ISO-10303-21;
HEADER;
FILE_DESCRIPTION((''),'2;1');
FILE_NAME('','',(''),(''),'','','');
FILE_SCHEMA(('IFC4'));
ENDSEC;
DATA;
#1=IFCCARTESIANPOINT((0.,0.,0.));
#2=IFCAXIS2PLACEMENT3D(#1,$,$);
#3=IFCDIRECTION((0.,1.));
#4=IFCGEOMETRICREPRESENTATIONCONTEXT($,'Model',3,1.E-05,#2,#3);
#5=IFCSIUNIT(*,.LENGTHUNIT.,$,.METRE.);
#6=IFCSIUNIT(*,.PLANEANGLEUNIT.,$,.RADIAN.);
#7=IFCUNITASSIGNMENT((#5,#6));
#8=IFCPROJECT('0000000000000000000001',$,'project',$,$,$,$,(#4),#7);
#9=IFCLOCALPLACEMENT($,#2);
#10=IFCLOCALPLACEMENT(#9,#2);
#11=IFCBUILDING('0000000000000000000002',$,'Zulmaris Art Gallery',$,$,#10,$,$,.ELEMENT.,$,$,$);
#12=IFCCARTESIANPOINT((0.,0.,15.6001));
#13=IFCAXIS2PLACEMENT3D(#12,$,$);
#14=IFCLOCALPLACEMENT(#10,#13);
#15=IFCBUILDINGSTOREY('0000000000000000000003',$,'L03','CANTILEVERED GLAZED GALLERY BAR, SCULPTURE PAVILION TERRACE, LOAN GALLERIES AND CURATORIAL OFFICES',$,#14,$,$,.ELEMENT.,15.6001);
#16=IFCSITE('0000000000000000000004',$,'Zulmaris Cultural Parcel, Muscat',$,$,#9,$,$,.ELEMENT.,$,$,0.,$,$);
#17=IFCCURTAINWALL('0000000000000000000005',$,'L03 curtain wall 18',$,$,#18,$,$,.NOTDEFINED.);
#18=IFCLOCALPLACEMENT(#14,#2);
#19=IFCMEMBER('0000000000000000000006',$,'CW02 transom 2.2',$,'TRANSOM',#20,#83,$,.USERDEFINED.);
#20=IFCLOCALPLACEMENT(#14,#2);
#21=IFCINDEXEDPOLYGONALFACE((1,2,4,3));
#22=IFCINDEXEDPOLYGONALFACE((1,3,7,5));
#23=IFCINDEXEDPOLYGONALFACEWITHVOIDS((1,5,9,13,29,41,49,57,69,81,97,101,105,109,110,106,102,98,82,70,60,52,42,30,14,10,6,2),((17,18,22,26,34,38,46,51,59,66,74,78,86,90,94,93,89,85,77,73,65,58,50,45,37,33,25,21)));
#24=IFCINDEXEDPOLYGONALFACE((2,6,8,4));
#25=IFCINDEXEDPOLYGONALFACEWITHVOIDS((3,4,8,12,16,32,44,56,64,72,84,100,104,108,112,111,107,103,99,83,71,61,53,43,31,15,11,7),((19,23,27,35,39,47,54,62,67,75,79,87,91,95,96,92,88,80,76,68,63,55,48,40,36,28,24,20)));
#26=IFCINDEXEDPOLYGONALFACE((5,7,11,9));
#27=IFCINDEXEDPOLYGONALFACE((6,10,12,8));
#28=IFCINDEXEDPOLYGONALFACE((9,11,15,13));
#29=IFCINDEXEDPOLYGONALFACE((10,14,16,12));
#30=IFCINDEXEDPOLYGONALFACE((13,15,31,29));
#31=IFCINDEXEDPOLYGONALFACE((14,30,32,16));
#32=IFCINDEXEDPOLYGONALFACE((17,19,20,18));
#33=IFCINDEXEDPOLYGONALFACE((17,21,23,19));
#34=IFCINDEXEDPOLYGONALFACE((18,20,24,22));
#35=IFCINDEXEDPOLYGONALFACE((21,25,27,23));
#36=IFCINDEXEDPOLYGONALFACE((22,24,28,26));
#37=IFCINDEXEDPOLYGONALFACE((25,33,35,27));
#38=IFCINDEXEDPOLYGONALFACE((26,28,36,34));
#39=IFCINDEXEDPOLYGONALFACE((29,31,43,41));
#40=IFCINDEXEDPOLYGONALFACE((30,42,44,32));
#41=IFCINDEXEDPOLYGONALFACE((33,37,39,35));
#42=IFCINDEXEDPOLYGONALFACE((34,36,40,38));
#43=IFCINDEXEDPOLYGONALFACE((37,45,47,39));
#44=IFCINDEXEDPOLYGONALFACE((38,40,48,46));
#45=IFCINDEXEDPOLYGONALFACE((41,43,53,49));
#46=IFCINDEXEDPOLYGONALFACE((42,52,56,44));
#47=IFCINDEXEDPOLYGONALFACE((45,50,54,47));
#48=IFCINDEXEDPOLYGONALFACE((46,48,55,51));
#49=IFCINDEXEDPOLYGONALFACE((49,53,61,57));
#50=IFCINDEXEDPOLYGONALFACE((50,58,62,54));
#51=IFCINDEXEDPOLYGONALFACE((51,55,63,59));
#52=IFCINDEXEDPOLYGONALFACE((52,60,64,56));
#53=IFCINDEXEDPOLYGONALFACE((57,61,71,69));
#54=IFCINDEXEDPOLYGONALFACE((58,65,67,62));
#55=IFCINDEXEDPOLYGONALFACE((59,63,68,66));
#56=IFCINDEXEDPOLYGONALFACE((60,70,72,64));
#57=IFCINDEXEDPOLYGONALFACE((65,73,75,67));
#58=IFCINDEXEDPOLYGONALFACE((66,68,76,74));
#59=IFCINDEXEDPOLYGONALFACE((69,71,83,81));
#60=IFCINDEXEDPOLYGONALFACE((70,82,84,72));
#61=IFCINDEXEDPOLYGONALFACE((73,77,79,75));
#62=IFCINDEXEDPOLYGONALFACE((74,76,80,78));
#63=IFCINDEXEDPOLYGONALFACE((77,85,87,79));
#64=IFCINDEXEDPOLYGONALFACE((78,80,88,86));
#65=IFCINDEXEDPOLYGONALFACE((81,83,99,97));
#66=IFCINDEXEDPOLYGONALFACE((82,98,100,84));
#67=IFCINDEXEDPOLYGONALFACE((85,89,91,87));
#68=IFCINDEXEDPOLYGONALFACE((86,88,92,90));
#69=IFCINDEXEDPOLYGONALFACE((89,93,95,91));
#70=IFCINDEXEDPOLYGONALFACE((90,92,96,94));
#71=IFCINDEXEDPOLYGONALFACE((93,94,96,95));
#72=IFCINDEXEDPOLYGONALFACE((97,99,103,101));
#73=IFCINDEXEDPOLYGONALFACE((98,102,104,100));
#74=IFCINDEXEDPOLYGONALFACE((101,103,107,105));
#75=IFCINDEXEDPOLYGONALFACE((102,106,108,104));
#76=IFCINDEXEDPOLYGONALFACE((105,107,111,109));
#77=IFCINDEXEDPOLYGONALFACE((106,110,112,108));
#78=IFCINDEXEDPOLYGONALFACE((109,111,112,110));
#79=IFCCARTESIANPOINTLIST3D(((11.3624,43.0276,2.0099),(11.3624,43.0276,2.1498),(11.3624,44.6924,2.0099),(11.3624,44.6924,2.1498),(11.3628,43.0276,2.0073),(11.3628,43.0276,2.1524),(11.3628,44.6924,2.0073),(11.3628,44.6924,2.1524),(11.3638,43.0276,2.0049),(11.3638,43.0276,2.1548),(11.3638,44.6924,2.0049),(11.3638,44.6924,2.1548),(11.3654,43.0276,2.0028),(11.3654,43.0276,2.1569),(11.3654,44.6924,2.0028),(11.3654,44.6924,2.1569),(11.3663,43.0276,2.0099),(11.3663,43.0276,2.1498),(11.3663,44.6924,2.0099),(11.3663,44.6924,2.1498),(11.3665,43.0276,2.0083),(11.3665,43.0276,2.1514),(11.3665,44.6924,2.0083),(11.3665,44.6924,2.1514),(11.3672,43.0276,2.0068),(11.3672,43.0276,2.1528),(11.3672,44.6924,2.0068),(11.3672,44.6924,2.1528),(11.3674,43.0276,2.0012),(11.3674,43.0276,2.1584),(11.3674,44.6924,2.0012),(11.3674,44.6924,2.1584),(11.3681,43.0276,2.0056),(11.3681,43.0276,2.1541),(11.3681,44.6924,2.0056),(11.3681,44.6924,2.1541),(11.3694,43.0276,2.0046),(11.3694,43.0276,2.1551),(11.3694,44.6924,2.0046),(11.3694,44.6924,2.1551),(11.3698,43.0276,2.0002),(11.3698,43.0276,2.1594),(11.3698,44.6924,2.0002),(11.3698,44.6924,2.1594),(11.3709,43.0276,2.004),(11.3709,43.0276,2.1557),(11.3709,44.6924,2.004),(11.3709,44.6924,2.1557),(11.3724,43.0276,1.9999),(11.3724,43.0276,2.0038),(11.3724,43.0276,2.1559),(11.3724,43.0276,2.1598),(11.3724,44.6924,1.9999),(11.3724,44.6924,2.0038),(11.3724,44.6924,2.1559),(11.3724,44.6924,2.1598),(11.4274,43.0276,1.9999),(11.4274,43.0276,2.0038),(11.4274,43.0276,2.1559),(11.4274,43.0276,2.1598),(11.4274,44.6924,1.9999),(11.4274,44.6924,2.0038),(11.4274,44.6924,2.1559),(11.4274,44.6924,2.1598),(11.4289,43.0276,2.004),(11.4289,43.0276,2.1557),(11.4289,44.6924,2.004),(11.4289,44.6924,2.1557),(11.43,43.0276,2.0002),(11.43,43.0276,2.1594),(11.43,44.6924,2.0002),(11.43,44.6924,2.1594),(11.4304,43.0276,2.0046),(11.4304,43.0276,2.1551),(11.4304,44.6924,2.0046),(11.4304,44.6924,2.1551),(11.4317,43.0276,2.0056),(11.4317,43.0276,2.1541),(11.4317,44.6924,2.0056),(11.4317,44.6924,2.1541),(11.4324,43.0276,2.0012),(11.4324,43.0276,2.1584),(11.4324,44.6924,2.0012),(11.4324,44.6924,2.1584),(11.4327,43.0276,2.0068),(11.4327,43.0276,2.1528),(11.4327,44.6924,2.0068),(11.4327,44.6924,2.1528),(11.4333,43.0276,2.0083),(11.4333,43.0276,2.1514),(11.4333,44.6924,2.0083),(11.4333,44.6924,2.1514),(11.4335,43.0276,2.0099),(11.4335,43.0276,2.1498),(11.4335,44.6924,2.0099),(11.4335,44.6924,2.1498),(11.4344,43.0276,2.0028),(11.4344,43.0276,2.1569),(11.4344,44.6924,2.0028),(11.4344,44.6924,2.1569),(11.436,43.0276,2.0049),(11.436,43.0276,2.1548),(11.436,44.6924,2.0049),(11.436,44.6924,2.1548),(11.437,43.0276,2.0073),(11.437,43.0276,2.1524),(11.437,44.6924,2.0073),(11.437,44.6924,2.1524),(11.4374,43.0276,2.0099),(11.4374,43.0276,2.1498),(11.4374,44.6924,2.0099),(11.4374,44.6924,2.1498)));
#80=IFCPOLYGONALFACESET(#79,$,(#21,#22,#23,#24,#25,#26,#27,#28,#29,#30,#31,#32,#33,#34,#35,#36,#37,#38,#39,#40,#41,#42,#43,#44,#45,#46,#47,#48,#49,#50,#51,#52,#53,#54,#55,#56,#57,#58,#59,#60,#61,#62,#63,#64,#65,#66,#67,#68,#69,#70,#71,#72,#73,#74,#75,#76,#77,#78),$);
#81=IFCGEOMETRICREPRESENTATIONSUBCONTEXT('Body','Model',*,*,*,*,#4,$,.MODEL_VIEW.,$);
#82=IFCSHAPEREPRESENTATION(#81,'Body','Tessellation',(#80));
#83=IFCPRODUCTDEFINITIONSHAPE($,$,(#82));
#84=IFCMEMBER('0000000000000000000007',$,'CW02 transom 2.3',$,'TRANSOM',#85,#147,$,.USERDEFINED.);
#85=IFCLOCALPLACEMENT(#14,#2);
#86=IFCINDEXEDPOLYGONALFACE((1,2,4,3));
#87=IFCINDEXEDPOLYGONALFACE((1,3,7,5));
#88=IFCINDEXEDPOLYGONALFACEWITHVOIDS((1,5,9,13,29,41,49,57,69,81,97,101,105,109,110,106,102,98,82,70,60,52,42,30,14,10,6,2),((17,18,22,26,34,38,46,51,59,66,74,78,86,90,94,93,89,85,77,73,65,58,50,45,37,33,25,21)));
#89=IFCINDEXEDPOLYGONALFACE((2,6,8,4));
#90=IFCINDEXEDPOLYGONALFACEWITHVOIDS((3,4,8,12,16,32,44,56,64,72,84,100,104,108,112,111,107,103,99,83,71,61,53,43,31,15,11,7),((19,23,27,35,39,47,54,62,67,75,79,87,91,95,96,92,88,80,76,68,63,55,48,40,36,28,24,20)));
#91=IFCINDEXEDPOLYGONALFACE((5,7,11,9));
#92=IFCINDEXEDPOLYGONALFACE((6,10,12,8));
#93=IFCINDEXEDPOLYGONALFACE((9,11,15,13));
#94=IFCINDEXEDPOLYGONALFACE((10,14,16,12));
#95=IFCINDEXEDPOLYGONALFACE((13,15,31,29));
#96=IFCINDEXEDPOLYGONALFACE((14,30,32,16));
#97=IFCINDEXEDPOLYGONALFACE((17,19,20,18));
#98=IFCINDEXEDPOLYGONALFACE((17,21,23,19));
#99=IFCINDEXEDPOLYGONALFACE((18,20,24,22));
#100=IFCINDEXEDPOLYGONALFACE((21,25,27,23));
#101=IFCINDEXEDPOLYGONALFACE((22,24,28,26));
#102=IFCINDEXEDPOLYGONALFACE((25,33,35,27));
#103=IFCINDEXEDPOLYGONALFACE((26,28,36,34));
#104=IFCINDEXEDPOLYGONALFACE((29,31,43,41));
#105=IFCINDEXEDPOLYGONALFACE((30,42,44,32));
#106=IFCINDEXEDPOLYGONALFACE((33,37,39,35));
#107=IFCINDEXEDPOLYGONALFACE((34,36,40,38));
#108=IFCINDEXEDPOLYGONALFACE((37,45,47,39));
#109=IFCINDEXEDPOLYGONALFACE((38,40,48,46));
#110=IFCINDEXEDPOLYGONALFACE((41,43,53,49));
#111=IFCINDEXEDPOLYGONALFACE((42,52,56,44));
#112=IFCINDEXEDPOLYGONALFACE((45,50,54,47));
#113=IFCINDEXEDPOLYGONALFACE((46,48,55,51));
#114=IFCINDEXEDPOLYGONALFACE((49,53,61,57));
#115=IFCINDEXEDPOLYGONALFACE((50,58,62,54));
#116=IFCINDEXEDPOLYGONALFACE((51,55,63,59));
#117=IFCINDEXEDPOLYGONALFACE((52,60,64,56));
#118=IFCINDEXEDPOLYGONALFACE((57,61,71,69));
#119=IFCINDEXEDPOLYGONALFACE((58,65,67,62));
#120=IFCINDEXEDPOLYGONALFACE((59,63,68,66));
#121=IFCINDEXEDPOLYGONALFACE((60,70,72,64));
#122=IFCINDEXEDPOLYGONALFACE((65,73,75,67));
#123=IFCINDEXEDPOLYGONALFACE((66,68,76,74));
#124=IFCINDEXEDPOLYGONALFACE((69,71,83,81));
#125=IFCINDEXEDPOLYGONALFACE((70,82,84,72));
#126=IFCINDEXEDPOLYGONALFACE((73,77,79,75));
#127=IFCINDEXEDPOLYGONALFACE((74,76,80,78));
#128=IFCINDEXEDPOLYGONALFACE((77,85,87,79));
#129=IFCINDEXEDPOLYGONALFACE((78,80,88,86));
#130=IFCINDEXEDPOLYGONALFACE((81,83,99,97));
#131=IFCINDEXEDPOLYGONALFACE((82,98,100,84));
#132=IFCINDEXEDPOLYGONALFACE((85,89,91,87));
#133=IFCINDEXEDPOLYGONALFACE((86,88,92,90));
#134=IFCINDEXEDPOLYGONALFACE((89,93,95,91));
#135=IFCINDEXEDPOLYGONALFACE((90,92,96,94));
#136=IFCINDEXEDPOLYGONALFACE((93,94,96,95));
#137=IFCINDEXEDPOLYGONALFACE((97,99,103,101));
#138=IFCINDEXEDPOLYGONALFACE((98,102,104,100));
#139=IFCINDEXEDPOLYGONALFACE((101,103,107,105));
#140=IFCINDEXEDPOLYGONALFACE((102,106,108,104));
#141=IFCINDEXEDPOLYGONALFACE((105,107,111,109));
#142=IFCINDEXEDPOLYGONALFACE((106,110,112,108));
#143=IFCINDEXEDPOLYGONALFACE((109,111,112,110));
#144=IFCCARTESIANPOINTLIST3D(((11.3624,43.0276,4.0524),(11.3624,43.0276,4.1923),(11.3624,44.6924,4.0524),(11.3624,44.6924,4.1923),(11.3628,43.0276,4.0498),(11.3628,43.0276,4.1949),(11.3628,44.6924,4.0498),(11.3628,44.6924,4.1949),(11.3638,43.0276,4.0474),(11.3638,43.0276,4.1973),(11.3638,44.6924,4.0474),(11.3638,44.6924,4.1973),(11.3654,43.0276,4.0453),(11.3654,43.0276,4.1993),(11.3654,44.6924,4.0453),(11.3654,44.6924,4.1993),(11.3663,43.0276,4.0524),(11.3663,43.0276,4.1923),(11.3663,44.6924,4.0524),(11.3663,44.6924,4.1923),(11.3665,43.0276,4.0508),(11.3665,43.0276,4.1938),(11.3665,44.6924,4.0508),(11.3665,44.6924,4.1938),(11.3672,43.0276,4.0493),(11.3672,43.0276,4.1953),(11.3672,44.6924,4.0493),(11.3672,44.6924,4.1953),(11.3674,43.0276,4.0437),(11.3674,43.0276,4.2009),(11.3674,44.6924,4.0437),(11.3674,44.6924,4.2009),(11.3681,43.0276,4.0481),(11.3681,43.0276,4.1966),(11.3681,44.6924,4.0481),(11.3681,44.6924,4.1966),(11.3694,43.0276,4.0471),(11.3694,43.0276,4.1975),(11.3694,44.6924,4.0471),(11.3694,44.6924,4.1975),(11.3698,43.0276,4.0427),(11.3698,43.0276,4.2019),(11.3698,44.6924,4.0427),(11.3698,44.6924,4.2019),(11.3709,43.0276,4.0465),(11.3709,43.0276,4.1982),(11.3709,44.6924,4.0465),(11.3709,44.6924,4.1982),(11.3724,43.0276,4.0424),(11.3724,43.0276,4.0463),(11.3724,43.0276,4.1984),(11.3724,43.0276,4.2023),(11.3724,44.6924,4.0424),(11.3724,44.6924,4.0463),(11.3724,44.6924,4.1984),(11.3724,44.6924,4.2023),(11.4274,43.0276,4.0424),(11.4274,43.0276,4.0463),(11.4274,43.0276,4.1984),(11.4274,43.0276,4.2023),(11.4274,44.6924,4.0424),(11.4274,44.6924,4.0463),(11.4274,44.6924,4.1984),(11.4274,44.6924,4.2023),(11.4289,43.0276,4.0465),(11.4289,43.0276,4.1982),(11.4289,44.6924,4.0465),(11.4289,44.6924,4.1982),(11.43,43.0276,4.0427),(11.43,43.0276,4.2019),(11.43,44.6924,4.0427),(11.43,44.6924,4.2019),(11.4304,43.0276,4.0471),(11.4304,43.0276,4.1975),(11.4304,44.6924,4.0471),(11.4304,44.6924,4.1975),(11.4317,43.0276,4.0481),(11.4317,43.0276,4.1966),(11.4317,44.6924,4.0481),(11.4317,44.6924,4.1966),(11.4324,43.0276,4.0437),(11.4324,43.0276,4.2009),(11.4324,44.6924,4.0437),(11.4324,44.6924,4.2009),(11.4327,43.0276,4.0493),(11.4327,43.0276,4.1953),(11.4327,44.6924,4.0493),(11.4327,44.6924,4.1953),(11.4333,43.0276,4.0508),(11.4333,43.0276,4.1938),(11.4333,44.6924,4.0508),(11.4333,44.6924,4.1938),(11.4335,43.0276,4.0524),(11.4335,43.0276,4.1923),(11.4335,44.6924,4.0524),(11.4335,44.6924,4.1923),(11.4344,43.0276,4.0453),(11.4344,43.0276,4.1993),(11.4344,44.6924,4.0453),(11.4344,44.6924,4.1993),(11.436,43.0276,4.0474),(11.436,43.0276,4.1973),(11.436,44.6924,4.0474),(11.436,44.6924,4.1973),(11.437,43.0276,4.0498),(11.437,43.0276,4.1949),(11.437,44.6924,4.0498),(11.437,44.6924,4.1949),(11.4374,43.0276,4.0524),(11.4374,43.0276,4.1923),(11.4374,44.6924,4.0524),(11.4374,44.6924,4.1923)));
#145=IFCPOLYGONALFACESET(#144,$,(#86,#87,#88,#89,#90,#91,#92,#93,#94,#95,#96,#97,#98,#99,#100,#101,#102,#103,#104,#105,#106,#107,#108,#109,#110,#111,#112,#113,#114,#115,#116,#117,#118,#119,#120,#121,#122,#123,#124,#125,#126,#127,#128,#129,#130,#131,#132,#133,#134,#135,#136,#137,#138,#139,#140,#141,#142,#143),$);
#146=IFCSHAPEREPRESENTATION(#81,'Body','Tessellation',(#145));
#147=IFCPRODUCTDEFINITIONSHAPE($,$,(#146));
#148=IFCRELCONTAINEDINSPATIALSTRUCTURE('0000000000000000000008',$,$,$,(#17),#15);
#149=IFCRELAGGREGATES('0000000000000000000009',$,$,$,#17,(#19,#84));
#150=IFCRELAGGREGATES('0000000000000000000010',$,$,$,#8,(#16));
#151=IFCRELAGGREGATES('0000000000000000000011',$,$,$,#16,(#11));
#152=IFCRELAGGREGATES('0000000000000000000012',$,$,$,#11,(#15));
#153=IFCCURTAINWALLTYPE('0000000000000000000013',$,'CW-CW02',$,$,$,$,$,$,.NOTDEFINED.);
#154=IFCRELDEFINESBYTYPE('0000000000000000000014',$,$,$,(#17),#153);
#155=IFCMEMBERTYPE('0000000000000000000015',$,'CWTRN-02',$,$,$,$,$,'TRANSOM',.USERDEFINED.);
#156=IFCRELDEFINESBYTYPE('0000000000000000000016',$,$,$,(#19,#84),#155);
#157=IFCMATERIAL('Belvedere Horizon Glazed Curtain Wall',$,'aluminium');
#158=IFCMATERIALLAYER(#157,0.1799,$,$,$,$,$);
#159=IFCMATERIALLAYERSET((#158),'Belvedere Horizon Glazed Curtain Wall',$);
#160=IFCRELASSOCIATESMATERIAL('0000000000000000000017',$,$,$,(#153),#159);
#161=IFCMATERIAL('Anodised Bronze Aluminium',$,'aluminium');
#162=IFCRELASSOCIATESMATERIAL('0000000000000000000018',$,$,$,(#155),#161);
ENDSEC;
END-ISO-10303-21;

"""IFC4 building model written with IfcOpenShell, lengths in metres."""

from ifc_helpers import new_model, si_unit, direction, frame, origin, origin_2d, place, context, subcontext, project, spatial, hollow_rectangle, extrude, material, layer, layer_set, material_profile, profile_set, type_object, element, aggregate, save


model = new_model("IFC4")

# Units and contexts
model_context = context("Model", 3, precision=1e-05, world=origin(), true_north=direction((0.0, 1.0)))
body_context = subcontext(model_context, "Body", "Model", "MODEL_VIEW")
ifc_project = project(units=[si_unit("LENGTHUNIT", "METRE"), si_unit("PLANEANGLEUNIT", "RADIAN")], contexts=[model_context])

# Site, building, storey
site_placement = place(None, origin())
site = spatial("IfcSite", under=ifc_project, at=site_placement, Name="Zulmaris Cultural Parcel, Muscat", CompositionType="ELEMENT", RefElevation=0.0)
building_placement = place(site_placement, origin())
building = spatial("IfcBuilding", under=site, at=building_placement, Name="Zulmaris Art Gallery", CompositionType="ELEMENT")
storey_placement = place(building_placement, frame((0.0, 0.0, 15.6001)))
storey = spatial("IfcBuildingStorey", under=building, at=storey_placement, Name="L03", Description="CANTILEVERED GLAZED GALLERY BAR, SCULPTURE PAVILION TERRACE, LOAN GALLERIES AND CURATORIAL OFFICES", CompositionType="ELEMENT", Elevation=15.6001)

# Curtain wall, members
ifc_material_1 = material(Name="Belvedere Horizon Glazed Curtain Wall", Category="aluminium")
ifc_layer_1 = layer(ifc_material_1, 0.1799)
ifc_layer_set_1 = layer_set([ifc_layer_1], Name="Belvedere Horizon Glazed Curtain Wall")
curtain_wall_type = type_object("IfcCurtainWallType", Name="CW-CW02", PredefinedType="NOTDEFINED", material=ifc_layer_set_1)
curtain_wall_placement = place(storey_placement, origin())
curtain_wall = element("IfcCurtainWall", 1, at=curtain_wall_placement, inside=storey, type_object=curtain_wall_type, Name="L03 curtain wall 18", PredefinedType="NOTDEFINED")
ifc_material_2 = material(Name="Anodised Bronze Aluminium", Category="aluminium")
ifc_material_profile_1 = material_profile(ifc_material_2, hollow_rectangle(XDim=0.075, YDim=0.1599, WallThickness=0.0039, InnerFilletRadius=0.0061, OuterFilletRadius=0.01, at=origin_2d()), Name="ALU 75x160x4")
ifc_profile_set_1 = profile_set([ifc_material_profile_1], Name="Anodised Bronze Aluminium")
member_type_1 = type_object("IfcMemberType", Name="CWTRN-02", ElementType="TRANSOM", PredefinedType="USERDEFINED", material=ifc_profile_set_1)
member_1_placement = place(storey_placement, frame((11.3999, 43.0276, 2.0798), z_axis=(0.0, 1.0, 0.0), x_axis=(-1.0, 0.0, 0.0)))
member_1 = element("IfcMember", 2, at=member_1_placement, type_object=member_type_1, Name="CW02 transom 2.2", ObjectType="TRANSOM", PredefinedType="USERDEFINED", context=body_context, shape_type="SweptSolid", body=[
    extrude(hollow_rectangle(XDim=0.075, YDim=0.1599, WallThickness=0.0039, InnerFilletRadius=0.0061, OuterFilletRadius=0.01, at=origin_2d()), origin(), (0.0, 0.0, 1.0), 1.6648),
])
member_2_placement = place(storey_placement, frame((11.3999, 43.0276, 4.1223), z_axis=(0.0, 1.0, 0.0), x_axis=(-1.0, 0.0, 0.0)))
member_2 = element("IfcMember", 3, at=member_2_placement, type_object=member_type_1, Name="CW02 transom 2.3", ObjectType="TRANSOM", PredefinedType="USERDEFINED", context=body_context, shape_type="SweptSolid", body=[
    extrude(hollow_rectangle(XDim=0.075, YDim=0.1599, WallThickness=0.0039, InnerFilletRadius=0.0061, OuterFilletRadius=0.01, at=origin_2d()), origin(), (0.0, 0.0, 1.0), 1.6648),
])
aggregate(curtain_wall, [member_1, member_2])

save(model, "model.ifc")
